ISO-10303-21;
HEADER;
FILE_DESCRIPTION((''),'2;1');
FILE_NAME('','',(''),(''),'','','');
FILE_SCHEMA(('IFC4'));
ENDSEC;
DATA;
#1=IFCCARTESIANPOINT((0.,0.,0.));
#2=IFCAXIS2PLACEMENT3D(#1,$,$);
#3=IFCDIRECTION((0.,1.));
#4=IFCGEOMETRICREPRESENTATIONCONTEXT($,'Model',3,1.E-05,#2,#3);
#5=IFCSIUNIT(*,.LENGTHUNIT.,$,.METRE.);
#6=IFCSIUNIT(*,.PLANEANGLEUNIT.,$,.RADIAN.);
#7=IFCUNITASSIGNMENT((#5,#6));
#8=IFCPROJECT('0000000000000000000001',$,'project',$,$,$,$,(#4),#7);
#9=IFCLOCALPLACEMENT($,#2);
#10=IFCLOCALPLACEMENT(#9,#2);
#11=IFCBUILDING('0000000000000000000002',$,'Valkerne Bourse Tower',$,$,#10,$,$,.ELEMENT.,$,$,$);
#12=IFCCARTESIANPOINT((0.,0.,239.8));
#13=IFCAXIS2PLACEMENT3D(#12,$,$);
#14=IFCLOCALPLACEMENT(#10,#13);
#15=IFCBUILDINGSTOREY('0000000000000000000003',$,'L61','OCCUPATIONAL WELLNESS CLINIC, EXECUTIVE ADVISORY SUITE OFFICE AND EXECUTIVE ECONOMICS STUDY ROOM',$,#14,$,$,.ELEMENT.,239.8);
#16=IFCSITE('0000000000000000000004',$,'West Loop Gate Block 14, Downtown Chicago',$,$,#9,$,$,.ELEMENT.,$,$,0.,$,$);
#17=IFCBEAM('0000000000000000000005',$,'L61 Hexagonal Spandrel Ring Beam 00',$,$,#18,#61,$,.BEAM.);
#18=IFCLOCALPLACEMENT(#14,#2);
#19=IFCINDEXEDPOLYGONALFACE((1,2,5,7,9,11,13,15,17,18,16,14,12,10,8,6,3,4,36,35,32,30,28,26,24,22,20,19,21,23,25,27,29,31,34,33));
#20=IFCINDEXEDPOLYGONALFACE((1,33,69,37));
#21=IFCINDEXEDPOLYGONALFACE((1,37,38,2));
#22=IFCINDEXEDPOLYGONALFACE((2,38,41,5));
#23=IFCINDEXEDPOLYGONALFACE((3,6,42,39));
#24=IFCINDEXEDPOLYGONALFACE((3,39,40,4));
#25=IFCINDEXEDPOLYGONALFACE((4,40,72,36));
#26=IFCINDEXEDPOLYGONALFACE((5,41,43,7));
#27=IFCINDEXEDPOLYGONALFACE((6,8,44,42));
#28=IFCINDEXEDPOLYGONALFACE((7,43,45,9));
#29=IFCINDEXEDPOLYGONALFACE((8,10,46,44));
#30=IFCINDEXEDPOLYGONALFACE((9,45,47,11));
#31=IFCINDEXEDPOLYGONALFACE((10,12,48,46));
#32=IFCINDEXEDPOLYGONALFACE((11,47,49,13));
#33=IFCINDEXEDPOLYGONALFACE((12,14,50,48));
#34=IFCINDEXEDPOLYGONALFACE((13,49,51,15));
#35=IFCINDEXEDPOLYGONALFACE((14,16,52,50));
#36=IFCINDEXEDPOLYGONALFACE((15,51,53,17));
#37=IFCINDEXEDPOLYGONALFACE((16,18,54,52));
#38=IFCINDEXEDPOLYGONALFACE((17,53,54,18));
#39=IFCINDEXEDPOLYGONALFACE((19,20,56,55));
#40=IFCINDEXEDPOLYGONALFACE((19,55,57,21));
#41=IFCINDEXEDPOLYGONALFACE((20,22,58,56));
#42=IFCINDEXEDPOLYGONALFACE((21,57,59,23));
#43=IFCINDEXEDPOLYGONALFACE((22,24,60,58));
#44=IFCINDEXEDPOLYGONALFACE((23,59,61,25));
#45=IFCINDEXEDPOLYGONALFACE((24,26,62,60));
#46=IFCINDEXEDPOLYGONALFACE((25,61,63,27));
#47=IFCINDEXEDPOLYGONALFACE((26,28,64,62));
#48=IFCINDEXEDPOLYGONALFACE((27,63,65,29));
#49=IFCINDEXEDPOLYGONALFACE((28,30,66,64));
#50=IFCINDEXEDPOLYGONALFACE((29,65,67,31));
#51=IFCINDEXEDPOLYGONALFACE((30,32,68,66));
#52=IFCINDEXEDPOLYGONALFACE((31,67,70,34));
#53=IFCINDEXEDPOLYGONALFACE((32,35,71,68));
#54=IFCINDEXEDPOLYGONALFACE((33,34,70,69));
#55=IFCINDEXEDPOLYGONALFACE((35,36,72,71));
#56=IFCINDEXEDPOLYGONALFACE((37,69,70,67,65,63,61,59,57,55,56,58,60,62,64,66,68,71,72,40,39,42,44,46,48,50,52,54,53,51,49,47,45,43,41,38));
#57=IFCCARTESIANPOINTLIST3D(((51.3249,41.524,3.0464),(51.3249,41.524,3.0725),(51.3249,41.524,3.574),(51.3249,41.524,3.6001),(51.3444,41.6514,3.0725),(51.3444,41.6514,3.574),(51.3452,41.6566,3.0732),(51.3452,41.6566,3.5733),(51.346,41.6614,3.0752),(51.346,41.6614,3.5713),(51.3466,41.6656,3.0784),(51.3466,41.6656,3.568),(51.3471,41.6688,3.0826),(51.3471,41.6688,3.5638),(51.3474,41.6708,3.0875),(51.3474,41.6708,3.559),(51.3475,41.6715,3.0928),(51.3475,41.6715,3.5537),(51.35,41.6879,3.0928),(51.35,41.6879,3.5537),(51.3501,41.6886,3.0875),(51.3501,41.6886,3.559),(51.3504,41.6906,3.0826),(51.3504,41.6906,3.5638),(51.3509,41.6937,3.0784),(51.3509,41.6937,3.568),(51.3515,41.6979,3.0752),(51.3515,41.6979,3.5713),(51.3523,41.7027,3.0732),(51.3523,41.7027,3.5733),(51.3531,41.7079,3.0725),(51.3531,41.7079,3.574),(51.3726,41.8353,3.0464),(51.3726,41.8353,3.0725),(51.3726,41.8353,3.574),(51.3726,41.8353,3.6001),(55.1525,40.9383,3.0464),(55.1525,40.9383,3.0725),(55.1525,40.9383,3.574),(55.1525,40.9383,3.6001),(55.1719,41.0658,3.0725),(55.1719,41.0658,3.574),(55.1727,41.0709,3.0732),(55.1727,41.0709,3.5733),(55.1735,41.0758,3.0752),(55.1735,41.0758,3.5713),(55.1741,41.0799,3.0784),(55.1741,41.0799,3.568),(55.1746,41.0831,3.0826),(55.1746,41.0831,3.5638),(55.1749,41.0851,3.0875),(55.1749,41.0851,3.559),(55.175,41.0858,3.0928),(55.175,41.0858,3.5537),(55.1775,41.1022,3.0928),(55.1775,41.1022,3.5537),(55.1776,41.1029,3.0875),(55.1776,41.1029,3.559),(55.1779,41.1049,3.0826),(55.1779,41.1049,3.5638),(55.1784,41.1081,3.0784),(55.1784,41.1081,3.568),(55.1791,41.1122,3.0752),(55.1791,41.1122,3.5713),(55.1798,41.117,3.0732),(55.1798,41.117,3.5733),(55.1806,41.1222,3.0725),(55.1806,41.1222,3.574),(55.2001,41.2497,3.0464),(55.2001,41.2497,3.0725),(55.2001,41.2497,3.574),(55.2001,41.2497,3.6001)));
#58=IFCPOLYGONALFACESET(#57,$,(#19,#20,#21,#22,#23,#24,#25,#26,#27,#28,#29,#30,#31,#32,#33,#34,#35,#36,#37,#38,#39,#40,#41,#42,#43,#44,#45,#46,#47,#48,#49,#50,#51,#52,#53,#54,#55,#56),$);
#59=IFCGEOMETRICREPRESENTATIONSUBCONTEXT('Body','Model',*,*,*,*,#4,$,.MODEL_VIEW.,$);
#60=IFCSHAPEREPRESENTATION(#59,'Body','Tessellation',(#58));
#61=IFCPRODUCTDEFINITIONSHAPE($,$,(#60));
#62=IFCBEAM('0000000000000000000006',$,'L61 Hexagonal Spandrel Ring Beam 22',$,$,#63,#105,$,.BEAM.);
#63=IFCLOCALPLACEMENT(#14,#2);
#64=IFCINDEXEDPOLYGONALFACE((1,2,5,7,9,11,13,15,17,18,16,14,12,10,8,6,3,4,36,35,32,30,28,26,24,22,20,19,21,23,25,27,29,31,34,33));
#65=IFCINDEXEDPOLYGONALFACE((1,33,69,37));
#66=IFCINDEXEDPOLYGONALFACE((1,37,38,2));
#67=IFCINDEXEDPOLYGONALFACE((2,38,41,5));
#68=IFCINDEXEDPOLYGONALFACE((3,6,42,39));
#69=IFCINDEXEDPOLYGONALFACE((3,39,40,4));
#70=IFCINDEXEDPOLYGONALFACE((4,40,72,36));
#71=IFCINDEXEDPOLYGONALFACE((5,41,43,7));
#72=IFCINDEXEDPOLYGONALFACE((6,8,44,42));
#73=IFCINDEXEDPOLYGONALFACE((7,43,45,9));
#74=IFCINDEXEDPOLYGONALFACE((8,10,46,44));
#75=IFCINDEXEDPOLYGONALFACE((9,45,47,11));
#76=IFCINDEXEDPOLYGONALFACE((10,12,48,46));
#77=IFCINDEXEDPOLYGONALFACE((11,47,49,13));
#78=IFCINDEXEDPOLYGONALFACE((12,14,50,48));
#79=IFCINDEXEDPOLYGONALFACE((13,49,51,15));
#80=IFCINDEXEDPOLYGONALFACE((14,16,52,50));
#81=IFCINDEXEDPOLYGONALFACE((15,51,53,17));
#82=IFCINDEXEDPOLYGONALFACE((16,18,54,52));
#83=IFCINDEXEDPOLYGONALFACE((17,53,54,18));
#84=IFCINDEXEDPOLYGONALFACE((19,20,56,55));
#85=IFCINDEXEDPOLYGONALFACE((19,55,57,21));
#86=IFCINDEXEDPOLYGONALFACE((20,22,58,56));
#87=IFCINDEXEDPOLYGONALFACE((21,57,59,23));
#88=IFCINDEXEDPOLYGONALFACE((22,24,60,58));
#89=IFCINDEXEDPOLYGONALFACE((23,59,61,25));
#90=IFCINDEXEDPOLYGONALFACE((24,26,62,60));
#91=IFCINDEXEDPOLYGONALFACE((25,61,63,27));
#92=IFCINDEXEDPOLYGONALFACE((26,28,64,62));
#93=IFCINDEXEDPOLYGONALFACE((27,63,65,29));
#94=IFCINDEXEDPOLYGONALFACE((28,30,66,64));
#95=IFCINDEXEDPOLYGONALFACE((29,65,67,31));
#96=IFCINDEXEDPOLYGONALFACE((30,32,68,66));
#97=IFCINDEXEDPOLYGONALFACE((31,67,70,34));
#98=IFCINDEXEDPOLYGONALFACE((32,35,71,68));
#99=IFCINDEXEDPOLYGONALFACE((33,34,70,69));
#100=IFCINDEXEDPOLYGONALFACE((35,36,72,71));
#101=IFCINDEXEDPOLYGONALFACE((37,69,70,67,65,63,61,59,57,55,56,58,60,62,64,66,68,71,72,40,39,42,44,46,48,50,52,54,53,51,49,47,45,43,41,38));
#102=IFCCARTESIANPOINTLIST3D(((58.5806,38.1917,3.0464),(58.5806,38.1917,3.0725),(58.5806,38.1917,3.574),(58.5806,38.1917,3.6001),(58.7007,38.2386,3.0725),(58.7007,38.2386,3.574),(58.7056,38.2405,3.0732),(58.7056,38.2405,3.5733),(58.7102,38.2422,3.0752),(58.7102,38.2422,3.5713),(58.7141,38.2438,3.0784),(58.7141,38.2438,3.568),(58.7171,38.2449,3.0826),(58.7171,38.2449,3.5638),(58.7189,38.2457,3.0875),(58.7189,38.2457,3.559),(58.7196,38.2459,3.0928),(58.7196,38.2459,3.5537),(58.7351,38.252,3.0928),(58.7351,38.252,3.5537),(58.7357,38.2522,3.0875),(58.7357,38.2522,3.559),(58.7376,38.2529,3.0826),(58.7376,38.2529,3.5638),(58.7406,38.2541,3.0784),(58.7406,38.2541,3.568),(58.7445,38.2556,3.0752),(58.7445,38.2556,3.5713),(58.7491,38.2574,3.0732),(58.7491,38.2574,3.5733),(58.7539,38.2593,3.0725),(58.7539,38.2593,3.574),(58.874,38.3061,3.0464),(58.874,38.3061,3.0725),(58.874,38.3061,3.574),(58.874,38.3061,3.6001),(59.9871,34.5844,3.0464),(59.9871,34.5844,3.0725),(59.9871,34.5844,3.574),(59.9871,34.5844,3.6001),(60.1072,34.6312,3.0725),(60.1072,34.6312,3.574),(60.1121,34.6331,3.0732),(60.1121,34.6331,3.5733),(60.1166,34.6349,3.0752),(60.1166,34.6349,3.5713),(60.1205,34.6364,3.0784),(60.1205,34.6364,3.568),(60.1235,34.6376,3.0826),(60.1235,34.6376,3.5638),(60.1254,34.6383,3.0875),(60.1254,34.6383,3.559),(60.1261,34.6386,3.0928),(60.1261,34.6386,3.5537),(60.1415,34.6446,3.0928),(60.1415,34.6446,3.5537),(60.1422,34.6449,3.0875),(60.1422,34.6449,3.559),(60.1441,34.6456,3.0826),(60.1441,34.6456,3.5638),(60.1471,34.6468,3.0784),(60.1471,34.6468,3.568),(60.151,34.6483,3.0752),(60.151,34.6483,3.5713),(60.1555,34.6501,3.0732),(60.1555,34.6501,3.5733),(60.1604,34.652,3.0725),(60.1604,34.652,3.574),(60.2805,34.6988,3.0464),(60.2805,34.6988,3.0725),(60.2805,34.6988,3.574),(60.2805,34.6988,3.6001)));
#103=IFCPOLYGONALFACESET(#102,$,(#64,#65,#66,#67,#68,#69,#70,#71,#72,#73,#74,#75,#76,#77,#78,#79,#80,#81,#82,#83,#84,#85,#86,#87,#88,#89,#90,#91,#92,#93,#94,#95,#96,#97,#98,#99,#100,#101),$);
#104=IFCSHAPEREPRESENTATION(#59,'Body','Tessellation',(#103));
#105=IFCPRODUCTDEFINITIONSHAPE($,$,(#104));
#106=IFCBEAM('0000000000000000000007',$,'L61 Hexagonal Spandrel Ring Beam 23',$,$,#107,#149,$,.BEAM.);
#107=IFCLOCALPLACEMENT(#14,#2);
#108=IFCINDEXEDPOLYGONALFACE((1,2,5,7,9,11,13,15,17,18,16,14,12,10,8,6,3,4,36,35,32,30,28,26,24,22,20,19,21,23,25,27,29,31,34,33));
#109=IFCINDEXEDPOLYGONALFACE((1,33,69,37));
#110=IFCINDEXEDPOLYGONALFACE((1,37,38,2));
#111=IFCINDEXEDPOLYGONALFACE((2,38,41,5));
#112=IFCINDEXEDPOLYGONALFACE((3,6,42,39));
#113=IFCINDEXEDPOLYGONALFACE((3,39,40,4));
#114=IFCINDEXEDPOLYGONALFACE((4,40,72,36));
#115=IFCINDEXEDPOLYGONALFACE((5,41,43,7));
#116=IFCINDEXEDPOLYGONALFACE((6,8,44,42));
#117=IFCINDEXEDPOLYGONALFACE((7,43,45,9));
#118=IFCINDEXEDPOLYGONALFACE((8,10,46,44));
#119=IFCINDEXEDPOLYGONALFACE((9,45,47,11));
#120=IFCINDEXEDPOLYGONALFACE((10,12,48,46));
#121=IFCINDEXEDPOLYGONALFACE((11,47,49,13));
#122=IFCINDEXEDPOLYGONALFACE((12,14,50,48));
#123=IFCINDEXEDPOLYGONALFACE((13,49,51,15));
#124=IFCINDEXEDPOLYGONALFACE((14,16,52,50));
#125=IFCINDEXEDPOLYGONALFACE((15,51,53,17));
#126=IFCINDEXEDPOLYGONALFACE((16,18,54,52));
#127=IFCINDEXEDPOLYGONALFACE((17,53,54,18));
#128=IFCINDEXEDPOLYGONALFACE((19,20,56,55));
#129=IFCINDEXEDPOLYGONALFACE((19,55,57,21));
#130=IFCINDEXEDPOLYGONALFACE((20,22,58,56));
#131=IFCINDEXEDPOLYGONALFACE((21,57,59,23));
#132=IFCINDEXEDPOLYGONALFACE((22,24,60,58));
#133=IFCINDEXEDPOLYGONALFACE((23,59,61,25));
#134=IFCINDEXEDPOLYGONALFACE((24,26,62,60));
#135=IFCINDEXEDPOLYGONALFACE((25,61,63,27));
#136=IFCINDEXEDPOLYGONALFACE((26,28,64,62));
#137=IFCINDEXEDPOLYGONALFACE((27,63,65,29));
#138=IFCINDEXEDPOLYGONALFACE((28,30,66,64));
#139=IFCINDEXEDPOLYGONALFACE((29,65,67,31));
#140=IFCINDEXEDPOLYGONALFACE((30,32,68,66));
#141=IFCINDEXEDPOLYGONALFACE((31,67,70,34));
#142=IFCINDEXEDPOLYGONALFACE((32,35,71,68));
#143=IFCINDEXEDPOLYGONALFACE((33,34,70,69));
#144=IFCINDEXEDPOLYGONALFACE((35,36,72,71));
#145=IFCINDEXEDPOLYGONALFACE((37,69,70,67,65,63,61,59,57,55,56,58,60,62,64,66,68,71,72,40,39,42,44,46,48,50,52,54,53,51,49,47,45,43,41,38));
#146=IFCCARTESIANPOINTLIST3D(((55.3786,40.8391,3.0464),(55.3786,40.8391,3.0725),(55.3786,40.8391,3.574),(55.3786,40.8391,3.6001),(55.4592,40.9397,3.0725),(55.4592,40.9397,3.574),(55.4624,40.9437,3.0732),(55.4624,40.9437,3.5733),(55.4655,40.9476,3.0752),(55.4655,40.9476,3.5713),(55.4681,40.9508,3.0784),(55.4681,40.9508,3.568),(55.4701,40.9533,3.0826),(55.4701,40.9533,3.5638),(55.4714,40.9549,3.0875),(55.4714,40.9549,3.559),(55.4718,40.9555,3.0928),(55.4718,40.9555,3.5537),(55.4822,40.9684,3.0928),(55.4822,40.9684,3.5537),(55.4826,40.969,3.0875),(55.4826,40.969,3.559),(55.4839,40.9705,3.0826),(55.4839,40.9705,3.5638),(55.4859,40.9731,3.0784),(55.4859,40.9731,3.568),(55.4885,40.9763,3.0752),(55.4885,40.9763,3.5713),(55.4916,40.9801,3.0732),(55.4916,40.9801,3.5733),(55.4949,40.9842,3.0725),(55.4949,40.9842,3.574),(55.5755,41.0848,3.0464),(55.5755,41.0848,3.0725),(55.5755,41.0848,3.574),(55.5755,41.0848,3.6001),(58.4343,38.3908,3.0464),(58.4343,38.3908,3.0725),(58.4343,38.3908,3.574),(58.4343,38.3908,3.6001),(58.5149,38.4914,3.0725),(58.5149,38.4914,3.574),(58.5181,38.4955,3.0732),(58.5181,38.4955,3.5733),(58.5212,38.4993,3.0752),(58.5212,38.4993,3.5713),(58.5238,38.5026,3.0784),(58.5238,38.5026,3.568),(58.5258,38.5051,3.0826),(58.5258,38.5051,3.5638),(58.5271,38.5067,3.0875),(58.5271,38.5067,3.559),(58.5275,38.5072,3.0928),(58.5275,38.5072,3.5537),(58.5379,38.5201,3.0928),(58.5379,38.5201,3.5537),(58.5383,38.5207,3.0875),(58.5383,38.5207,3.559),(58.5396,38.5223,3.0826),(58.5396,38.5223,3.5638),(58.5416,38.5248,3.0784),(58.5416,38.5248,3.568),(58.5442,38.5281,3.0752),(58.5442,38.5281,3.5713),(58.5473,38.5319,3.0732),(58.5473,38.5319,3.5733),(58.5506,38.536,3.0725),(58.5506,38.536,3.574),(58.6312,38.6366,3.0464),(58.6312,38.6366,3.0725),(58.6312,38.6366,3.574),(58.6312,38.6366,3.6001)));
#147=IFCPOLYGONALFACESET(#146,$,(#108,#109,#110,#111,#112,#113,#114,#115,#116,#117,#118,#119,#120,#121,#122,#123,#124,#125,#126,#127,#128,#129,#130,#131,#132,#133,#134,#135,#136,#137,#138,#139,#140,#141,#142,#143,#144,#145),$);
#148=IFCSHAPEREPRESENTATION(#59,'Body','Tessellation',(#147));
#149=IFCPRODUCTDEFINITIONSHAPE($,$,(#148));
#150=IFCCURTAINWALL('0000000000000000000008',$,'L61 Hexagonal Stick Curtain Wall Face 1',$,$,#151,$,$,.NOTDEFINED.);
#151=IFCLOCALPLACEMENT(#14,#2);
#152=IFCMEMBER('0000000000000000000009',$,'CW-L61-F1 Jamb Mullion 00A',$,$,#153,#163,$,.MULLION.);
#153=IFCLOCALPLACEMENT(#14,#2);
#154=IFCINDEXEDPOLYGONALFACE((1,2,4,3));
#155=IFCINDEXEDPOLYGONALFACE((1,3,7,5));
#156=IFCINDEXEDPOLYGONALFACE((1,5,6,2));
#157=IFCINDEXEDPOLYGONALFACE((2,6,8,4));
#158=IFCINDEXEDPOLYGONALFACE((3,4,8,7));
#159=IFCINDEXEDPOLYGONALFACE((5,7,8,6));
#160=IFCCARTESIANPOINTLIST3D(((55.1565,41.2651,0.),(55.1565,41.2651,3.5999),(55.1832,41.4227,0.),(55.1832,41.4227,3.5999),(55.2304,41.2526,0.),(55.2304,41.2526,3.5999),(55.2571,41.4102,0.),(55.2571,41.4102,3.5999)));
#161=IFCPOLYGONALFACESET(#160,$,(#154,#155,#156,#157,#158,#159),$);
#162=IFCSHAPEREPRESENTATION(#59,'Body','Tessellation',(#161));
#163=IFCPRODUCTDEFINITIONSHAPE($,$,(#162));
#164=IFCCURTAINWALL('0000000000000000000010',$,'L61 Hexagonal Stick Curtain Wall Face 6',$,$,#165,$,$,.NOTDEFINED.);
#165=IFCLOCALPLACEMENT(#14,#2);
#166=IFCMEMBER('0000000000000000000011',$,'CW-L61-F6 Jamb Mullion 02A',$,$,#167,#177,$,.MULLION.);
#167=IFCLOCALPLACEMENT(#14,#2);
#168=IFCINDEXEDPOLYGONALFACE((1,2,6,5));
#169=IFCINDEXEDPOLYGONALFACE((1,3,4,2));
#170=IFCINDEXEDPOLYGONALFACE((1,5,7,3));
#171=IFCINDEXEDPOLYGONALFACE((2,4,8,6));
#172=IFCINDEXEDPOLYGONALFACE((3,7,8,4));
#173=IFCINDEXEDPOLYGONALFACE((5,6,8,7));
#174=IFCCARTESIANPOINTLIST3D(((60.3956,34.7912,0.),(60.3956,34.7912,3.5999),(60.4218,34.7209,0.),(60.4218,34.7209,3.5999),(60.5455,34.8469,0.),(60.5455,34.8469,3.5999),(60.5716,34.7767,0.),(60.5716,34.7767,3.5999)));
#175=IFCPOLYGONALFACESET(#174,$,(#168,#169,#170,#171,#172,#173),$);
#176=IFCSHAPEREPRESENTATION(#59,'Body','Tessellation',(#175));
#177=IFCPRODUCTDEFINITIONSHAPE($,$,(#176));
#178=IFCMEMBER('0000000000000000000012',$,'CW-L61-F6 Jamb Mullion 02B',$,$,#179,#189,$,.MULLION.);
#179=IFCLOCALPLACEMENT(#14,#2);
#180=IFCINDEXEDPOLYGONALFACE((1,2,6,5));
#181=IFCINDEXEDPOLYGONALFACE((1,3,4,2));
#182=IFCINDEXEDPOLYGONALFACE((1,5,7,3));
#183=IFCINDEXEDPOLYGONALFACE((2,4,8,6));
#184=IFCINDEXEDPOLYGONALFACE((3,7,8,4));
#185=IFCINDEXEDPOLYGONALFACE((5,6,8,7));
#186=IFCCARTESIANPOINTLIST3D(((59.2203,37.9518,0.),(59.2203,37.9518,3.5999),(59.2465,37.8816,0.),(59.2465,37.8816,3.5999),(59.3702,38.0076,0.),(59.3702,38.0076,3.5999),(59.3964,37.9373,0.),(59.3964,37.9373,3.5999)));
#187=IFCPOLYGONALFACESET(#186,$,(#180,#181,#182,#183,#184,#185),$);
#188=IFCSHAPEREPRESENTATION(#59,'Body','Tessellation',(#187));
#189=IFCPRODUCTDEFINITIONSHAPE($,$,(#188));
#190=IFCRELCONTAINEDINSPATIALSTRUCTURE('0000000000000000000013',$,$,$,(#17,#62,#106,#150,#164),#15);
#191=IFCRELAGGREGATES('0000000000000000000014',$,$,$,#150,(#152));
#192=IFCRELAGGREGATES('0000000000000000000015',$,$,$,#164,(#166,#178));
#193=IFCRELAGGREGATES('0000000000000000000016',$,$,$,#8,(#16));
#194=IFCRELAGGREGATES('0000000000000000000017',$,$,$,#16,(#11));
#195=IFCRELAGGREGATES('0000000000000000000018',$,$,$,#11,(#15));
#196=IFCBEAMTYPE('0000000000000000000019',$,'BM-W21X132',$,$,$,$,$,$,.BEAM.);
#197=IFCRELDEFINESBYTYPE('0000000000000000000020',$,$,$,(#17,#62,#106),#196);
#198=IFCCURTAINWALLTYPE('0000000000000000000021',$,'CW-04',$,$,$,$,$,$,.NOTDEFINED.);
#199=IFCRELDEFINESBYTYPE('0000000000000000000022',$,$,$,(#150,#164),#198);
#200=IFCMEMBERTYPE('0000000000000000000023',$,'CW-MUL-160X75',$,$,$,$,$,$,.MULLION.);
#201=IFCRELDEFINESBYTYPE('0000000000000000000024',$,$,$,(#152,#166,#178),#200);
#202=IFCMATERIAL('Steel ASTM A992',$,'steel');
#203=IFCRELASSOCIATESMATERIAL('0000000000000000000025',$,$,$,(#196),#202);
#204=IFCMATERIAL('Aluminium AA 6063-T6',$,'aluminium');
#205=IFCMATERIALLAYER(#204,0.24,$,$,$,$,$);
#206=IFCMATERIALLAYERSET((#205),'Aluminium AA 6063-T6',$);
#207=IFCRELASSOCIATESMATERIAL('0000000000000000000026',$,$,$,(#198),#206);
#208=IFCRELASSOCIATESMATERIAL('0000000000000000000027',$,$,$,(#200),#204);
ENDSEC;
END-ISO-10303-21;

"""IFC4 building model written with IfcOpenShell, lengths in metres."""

from ifc_helpers import new_model, si_unit, direction, frame, origin, origin_2d, place, context, subcontext, project, spatial, rectangle, i_section, extrude, material, layer, layer_set, material_profile, profile_set, type_object, element, aggregate, save


model = new_model("IFC4")

# Units and contexts
model_context = context("Model", 3, precision=1e-05, world=origin(), true_north=direction((0.0, 1.0)))
body_context = subcontext(model_context, "Body", "Model", "MODEL_VIEW")
ifc_project = project(units=[si_unit("LENGTHUNIT", "METRE"), si_unit("PLANEANGLEUNIT", "RADIAN")], contexts=[model_context])

# Site, building, storey
site_placement = place(None, origin())
site = spatial("IfcSite", under=ifc_project, at=site_placement, Name="West Loop Gate Block 14, Downtown Chicago", CompositionType="ELEMENT", RefElevation=0.0)
building_placement = place(site_placement, origin())
building = spatial("IfcBuilding", under=site, at=building_placement, Name="Valkerne Bourse Tower", CompositionType="ELEMENT")
storey_placement = place(building_placement, frame((0.0, 0.0, 239.8)))
storey = spatial("IfcBuildingStorey", under=building, at=storey_placement, Name="L61", Description="OCCUPATIONAL WELLNESS CLINIC, EXECUTIVE ADVISORY SUITE OFFICE AND EXECUTIVE ECONOMICS STUDY ROOM", CompositionType="ELEMENT", Elevation=239.8)

# Beams
ifc_material_1 = material(Name="Steel ASTM A992", Category="steel")
ifc_material_profile_1 = material_profile(ifc_material_1, i_section(OverallWidth=0.3149, OverallDepth=0.5537, WebThickness=0.0166, FlangeThickness=0.0261, FilletRadius=0.0203, at=origin_2d()), Name="W21X132")
ifc_profile_set_1 = profile_set([ifc_material_profile_1], Name="Steel ASTM A992")
beam_type = type_object("IfcBeamType", Name="BM-W21X132", PredefinedType="BEAM", material=ifc_profile_set_1)
beam_1_placement = place(storey_placement, frame((55.1763, 41.094, 3.3232), z_axis=(-0.988495, 0.151256, 0.0), x_axis=(-0.151256, -0.988495, 0.0)))
element("IfcBeam", 1, at=beam_1_placement, inside=storey, type_object=beam_type, Name="L61 Hexagonal Spandrel Ring Beam 00", PredefinedType="BEAM", context=body_context, shape_type="SweptSolid", body=[
    extrude(i_section(OverallWidth=0.3149, OverallDepth=0.5537, WebThickness=0.0166, FlangeThickness=0.0261, FilletRadius=0.0203, at=origin_2d()), origin(), (0.0, 0.0, 1.0), 3.8721),
])
beam_2_placement = place(storey_placement, frame((60.1338, 34.6416, 3.3232), z_axis=(-0.363256, 0.93169, 0.0), x_axis=(-0.93169, -0.363256, 0.0)))
element("IfcBeam", 2, at=beam_2_placement, inside=storey, type_object=beam_type, Name="L61 Hexagonal Spandrel Ring Beam 22", PredefinedType="BEAM", context=body_context, shape_type="SweptSolid", body=[
    extrude(i_section(OverallWidth=0.3149, OverallDepth=0.5537, WebThickness=0.0166, FlangeThickness=0.0261, FilletRadius=0.0203, at=origin_2d()), origin(), (0.0, 0.0, 1.0), 3.8718),
])
beam_3_placement = place(storey_placement, frame((58.5327, 38.5137, 3.3232), z_axis=(-0.780406, 0.625273, 0.0), x_axis=(-0.625273, -0.780406, 0.0)))
element("IfcBeam", 3, at=beam_3_placement, inside=storey, type_object=beam_type, Name="L61 Hexagonal Spandrel Ring Beam 23", PredefinedType="BEAM", context=body_context, shape_type="SweptSolid", body=[
    extrude(i_section(OverallWidth=0.3149, OverallDepth=0.5537, WebThickness=0.0166, FlangeThickness=0.0261, FilletRadius=0.0203, at=origin_2d()), origin(), (0.0, 0.0, 1.0), 3.9155),
])

# Curtain wall, member
ifc_material_2 = material(Name="Aluminium AA 6063-T6", Category="aluminium")
ifc_layer_1 = layer(ifc_material_2, 0.24)
ifc_layer_set_1 = layer_set([ifc_layer_1], Name="Aluminium AA 6063-T6")
curtain_wall_type = type_object("IfcCurtainWallType", Name="CW-04", PredefinedType="NOTDEFINED", material=ifc_layer_set_1)
curtain_wall_1_placement = place(storey_placement, origin())
curtain_wall_1 = element("IfcCurtainWall", 4, at=curtain_wall_1_placement, inside=storey, type_object=curtain_wall_type, Name="L61 Hexagonal Stick Curtain Wall Face 1", PredefinedType="NOTDEFINED")
ifc_material_profile_2 = material_profile(ifc_material_2, rectangle(XDim=0.075, YDim=0.1599, at=origin_2d()), Name="CWM-75X160")
ifc_profile_set_2 = profile_set([ifc_material_profile_2], Name="Aluminium AA 6063-T6")
member_type_1 = type_object("IfcMemberType", Name="CW-MUL-160X75", PredefinedType="MULLION", material=ifc_profile_set_2)
member_1_placement = place(storey_placement, frame((55.2068, 41.3376, 0.0), z_axis=(0.0, 0.0, 1.0), x_axis=(-0.985997, 0.166762, 0.0)))
member_1 = element("IfcMember", 5, at=member_1_placement, type_object=member_type_1, Name="CW-L61-F1 Jamb Mullion 00A", PredefinedType="MULLION", context=body_context, shape_type="SweptSolid", body=[
    extrude(rectangle(XDim=0.075, YDim=0.1599, at=origin_2d()), origin(), (0.0, 0.0, 1.0), 3.5999),
])

# Curtain wall, members
curtain_wall_2_placement = place(storey_placement, origin())
curtain_wall_2 = element("IfcCurtainWall", 6, at=curtain_wall_2_placement, inside=storey, type_object=curtain_wall_type, Name="L61 Hexagonal Stick Curtain Wall Face 6", PredefinedType="NOTDEFINED")
member_2_placement = place(storey_placement, frame((60.4836, 34.7839, 0.0), z_axis=(0.0, 0.0, 1.0), x_axis=(-0.348578, 0.93728, 0.0)))
member_2 = element("IfcMember", 7, at=member_2_placement, type_object=member_type_1, Name="CW-L61-F6 Jamb Mullion 02A", PredefinedType="MULLION", context=body_context, shape_type="SweptSolid", body=[
    extrude(rectangle(XDim=0.075, YDim=0.1599, at=origin_2d()), origin(), (0.0, 0.0, 1.0), 3.5999),
])
member_3_placement = place(storey_placement, frame((59.3083, 37.9446, 0.0), z_axis=(0.0, 0.0, 1.0), x_axis=(-0.348578, 0.93728, 0.0)))
member_3 = element("IfcMember", 8, at=member_3_placement, type_object=member_type_1, Name="CW-L61-F6 Jamb Mullion 02B", PredefinedType="MULLION", context=body_context, shape_type="SweptSolid", body=[
    extrude(rectangle(XDim=0.075, YDim=0.1599, at=origin_2d()), origin(), (0.0, 0.0, 1.0), 3.5999),
])

aggregate(curtain_wall_1, [member_1])
aggregate(curtain_wall_2, [member_2, member_3])

save(model, "model.ifc")
